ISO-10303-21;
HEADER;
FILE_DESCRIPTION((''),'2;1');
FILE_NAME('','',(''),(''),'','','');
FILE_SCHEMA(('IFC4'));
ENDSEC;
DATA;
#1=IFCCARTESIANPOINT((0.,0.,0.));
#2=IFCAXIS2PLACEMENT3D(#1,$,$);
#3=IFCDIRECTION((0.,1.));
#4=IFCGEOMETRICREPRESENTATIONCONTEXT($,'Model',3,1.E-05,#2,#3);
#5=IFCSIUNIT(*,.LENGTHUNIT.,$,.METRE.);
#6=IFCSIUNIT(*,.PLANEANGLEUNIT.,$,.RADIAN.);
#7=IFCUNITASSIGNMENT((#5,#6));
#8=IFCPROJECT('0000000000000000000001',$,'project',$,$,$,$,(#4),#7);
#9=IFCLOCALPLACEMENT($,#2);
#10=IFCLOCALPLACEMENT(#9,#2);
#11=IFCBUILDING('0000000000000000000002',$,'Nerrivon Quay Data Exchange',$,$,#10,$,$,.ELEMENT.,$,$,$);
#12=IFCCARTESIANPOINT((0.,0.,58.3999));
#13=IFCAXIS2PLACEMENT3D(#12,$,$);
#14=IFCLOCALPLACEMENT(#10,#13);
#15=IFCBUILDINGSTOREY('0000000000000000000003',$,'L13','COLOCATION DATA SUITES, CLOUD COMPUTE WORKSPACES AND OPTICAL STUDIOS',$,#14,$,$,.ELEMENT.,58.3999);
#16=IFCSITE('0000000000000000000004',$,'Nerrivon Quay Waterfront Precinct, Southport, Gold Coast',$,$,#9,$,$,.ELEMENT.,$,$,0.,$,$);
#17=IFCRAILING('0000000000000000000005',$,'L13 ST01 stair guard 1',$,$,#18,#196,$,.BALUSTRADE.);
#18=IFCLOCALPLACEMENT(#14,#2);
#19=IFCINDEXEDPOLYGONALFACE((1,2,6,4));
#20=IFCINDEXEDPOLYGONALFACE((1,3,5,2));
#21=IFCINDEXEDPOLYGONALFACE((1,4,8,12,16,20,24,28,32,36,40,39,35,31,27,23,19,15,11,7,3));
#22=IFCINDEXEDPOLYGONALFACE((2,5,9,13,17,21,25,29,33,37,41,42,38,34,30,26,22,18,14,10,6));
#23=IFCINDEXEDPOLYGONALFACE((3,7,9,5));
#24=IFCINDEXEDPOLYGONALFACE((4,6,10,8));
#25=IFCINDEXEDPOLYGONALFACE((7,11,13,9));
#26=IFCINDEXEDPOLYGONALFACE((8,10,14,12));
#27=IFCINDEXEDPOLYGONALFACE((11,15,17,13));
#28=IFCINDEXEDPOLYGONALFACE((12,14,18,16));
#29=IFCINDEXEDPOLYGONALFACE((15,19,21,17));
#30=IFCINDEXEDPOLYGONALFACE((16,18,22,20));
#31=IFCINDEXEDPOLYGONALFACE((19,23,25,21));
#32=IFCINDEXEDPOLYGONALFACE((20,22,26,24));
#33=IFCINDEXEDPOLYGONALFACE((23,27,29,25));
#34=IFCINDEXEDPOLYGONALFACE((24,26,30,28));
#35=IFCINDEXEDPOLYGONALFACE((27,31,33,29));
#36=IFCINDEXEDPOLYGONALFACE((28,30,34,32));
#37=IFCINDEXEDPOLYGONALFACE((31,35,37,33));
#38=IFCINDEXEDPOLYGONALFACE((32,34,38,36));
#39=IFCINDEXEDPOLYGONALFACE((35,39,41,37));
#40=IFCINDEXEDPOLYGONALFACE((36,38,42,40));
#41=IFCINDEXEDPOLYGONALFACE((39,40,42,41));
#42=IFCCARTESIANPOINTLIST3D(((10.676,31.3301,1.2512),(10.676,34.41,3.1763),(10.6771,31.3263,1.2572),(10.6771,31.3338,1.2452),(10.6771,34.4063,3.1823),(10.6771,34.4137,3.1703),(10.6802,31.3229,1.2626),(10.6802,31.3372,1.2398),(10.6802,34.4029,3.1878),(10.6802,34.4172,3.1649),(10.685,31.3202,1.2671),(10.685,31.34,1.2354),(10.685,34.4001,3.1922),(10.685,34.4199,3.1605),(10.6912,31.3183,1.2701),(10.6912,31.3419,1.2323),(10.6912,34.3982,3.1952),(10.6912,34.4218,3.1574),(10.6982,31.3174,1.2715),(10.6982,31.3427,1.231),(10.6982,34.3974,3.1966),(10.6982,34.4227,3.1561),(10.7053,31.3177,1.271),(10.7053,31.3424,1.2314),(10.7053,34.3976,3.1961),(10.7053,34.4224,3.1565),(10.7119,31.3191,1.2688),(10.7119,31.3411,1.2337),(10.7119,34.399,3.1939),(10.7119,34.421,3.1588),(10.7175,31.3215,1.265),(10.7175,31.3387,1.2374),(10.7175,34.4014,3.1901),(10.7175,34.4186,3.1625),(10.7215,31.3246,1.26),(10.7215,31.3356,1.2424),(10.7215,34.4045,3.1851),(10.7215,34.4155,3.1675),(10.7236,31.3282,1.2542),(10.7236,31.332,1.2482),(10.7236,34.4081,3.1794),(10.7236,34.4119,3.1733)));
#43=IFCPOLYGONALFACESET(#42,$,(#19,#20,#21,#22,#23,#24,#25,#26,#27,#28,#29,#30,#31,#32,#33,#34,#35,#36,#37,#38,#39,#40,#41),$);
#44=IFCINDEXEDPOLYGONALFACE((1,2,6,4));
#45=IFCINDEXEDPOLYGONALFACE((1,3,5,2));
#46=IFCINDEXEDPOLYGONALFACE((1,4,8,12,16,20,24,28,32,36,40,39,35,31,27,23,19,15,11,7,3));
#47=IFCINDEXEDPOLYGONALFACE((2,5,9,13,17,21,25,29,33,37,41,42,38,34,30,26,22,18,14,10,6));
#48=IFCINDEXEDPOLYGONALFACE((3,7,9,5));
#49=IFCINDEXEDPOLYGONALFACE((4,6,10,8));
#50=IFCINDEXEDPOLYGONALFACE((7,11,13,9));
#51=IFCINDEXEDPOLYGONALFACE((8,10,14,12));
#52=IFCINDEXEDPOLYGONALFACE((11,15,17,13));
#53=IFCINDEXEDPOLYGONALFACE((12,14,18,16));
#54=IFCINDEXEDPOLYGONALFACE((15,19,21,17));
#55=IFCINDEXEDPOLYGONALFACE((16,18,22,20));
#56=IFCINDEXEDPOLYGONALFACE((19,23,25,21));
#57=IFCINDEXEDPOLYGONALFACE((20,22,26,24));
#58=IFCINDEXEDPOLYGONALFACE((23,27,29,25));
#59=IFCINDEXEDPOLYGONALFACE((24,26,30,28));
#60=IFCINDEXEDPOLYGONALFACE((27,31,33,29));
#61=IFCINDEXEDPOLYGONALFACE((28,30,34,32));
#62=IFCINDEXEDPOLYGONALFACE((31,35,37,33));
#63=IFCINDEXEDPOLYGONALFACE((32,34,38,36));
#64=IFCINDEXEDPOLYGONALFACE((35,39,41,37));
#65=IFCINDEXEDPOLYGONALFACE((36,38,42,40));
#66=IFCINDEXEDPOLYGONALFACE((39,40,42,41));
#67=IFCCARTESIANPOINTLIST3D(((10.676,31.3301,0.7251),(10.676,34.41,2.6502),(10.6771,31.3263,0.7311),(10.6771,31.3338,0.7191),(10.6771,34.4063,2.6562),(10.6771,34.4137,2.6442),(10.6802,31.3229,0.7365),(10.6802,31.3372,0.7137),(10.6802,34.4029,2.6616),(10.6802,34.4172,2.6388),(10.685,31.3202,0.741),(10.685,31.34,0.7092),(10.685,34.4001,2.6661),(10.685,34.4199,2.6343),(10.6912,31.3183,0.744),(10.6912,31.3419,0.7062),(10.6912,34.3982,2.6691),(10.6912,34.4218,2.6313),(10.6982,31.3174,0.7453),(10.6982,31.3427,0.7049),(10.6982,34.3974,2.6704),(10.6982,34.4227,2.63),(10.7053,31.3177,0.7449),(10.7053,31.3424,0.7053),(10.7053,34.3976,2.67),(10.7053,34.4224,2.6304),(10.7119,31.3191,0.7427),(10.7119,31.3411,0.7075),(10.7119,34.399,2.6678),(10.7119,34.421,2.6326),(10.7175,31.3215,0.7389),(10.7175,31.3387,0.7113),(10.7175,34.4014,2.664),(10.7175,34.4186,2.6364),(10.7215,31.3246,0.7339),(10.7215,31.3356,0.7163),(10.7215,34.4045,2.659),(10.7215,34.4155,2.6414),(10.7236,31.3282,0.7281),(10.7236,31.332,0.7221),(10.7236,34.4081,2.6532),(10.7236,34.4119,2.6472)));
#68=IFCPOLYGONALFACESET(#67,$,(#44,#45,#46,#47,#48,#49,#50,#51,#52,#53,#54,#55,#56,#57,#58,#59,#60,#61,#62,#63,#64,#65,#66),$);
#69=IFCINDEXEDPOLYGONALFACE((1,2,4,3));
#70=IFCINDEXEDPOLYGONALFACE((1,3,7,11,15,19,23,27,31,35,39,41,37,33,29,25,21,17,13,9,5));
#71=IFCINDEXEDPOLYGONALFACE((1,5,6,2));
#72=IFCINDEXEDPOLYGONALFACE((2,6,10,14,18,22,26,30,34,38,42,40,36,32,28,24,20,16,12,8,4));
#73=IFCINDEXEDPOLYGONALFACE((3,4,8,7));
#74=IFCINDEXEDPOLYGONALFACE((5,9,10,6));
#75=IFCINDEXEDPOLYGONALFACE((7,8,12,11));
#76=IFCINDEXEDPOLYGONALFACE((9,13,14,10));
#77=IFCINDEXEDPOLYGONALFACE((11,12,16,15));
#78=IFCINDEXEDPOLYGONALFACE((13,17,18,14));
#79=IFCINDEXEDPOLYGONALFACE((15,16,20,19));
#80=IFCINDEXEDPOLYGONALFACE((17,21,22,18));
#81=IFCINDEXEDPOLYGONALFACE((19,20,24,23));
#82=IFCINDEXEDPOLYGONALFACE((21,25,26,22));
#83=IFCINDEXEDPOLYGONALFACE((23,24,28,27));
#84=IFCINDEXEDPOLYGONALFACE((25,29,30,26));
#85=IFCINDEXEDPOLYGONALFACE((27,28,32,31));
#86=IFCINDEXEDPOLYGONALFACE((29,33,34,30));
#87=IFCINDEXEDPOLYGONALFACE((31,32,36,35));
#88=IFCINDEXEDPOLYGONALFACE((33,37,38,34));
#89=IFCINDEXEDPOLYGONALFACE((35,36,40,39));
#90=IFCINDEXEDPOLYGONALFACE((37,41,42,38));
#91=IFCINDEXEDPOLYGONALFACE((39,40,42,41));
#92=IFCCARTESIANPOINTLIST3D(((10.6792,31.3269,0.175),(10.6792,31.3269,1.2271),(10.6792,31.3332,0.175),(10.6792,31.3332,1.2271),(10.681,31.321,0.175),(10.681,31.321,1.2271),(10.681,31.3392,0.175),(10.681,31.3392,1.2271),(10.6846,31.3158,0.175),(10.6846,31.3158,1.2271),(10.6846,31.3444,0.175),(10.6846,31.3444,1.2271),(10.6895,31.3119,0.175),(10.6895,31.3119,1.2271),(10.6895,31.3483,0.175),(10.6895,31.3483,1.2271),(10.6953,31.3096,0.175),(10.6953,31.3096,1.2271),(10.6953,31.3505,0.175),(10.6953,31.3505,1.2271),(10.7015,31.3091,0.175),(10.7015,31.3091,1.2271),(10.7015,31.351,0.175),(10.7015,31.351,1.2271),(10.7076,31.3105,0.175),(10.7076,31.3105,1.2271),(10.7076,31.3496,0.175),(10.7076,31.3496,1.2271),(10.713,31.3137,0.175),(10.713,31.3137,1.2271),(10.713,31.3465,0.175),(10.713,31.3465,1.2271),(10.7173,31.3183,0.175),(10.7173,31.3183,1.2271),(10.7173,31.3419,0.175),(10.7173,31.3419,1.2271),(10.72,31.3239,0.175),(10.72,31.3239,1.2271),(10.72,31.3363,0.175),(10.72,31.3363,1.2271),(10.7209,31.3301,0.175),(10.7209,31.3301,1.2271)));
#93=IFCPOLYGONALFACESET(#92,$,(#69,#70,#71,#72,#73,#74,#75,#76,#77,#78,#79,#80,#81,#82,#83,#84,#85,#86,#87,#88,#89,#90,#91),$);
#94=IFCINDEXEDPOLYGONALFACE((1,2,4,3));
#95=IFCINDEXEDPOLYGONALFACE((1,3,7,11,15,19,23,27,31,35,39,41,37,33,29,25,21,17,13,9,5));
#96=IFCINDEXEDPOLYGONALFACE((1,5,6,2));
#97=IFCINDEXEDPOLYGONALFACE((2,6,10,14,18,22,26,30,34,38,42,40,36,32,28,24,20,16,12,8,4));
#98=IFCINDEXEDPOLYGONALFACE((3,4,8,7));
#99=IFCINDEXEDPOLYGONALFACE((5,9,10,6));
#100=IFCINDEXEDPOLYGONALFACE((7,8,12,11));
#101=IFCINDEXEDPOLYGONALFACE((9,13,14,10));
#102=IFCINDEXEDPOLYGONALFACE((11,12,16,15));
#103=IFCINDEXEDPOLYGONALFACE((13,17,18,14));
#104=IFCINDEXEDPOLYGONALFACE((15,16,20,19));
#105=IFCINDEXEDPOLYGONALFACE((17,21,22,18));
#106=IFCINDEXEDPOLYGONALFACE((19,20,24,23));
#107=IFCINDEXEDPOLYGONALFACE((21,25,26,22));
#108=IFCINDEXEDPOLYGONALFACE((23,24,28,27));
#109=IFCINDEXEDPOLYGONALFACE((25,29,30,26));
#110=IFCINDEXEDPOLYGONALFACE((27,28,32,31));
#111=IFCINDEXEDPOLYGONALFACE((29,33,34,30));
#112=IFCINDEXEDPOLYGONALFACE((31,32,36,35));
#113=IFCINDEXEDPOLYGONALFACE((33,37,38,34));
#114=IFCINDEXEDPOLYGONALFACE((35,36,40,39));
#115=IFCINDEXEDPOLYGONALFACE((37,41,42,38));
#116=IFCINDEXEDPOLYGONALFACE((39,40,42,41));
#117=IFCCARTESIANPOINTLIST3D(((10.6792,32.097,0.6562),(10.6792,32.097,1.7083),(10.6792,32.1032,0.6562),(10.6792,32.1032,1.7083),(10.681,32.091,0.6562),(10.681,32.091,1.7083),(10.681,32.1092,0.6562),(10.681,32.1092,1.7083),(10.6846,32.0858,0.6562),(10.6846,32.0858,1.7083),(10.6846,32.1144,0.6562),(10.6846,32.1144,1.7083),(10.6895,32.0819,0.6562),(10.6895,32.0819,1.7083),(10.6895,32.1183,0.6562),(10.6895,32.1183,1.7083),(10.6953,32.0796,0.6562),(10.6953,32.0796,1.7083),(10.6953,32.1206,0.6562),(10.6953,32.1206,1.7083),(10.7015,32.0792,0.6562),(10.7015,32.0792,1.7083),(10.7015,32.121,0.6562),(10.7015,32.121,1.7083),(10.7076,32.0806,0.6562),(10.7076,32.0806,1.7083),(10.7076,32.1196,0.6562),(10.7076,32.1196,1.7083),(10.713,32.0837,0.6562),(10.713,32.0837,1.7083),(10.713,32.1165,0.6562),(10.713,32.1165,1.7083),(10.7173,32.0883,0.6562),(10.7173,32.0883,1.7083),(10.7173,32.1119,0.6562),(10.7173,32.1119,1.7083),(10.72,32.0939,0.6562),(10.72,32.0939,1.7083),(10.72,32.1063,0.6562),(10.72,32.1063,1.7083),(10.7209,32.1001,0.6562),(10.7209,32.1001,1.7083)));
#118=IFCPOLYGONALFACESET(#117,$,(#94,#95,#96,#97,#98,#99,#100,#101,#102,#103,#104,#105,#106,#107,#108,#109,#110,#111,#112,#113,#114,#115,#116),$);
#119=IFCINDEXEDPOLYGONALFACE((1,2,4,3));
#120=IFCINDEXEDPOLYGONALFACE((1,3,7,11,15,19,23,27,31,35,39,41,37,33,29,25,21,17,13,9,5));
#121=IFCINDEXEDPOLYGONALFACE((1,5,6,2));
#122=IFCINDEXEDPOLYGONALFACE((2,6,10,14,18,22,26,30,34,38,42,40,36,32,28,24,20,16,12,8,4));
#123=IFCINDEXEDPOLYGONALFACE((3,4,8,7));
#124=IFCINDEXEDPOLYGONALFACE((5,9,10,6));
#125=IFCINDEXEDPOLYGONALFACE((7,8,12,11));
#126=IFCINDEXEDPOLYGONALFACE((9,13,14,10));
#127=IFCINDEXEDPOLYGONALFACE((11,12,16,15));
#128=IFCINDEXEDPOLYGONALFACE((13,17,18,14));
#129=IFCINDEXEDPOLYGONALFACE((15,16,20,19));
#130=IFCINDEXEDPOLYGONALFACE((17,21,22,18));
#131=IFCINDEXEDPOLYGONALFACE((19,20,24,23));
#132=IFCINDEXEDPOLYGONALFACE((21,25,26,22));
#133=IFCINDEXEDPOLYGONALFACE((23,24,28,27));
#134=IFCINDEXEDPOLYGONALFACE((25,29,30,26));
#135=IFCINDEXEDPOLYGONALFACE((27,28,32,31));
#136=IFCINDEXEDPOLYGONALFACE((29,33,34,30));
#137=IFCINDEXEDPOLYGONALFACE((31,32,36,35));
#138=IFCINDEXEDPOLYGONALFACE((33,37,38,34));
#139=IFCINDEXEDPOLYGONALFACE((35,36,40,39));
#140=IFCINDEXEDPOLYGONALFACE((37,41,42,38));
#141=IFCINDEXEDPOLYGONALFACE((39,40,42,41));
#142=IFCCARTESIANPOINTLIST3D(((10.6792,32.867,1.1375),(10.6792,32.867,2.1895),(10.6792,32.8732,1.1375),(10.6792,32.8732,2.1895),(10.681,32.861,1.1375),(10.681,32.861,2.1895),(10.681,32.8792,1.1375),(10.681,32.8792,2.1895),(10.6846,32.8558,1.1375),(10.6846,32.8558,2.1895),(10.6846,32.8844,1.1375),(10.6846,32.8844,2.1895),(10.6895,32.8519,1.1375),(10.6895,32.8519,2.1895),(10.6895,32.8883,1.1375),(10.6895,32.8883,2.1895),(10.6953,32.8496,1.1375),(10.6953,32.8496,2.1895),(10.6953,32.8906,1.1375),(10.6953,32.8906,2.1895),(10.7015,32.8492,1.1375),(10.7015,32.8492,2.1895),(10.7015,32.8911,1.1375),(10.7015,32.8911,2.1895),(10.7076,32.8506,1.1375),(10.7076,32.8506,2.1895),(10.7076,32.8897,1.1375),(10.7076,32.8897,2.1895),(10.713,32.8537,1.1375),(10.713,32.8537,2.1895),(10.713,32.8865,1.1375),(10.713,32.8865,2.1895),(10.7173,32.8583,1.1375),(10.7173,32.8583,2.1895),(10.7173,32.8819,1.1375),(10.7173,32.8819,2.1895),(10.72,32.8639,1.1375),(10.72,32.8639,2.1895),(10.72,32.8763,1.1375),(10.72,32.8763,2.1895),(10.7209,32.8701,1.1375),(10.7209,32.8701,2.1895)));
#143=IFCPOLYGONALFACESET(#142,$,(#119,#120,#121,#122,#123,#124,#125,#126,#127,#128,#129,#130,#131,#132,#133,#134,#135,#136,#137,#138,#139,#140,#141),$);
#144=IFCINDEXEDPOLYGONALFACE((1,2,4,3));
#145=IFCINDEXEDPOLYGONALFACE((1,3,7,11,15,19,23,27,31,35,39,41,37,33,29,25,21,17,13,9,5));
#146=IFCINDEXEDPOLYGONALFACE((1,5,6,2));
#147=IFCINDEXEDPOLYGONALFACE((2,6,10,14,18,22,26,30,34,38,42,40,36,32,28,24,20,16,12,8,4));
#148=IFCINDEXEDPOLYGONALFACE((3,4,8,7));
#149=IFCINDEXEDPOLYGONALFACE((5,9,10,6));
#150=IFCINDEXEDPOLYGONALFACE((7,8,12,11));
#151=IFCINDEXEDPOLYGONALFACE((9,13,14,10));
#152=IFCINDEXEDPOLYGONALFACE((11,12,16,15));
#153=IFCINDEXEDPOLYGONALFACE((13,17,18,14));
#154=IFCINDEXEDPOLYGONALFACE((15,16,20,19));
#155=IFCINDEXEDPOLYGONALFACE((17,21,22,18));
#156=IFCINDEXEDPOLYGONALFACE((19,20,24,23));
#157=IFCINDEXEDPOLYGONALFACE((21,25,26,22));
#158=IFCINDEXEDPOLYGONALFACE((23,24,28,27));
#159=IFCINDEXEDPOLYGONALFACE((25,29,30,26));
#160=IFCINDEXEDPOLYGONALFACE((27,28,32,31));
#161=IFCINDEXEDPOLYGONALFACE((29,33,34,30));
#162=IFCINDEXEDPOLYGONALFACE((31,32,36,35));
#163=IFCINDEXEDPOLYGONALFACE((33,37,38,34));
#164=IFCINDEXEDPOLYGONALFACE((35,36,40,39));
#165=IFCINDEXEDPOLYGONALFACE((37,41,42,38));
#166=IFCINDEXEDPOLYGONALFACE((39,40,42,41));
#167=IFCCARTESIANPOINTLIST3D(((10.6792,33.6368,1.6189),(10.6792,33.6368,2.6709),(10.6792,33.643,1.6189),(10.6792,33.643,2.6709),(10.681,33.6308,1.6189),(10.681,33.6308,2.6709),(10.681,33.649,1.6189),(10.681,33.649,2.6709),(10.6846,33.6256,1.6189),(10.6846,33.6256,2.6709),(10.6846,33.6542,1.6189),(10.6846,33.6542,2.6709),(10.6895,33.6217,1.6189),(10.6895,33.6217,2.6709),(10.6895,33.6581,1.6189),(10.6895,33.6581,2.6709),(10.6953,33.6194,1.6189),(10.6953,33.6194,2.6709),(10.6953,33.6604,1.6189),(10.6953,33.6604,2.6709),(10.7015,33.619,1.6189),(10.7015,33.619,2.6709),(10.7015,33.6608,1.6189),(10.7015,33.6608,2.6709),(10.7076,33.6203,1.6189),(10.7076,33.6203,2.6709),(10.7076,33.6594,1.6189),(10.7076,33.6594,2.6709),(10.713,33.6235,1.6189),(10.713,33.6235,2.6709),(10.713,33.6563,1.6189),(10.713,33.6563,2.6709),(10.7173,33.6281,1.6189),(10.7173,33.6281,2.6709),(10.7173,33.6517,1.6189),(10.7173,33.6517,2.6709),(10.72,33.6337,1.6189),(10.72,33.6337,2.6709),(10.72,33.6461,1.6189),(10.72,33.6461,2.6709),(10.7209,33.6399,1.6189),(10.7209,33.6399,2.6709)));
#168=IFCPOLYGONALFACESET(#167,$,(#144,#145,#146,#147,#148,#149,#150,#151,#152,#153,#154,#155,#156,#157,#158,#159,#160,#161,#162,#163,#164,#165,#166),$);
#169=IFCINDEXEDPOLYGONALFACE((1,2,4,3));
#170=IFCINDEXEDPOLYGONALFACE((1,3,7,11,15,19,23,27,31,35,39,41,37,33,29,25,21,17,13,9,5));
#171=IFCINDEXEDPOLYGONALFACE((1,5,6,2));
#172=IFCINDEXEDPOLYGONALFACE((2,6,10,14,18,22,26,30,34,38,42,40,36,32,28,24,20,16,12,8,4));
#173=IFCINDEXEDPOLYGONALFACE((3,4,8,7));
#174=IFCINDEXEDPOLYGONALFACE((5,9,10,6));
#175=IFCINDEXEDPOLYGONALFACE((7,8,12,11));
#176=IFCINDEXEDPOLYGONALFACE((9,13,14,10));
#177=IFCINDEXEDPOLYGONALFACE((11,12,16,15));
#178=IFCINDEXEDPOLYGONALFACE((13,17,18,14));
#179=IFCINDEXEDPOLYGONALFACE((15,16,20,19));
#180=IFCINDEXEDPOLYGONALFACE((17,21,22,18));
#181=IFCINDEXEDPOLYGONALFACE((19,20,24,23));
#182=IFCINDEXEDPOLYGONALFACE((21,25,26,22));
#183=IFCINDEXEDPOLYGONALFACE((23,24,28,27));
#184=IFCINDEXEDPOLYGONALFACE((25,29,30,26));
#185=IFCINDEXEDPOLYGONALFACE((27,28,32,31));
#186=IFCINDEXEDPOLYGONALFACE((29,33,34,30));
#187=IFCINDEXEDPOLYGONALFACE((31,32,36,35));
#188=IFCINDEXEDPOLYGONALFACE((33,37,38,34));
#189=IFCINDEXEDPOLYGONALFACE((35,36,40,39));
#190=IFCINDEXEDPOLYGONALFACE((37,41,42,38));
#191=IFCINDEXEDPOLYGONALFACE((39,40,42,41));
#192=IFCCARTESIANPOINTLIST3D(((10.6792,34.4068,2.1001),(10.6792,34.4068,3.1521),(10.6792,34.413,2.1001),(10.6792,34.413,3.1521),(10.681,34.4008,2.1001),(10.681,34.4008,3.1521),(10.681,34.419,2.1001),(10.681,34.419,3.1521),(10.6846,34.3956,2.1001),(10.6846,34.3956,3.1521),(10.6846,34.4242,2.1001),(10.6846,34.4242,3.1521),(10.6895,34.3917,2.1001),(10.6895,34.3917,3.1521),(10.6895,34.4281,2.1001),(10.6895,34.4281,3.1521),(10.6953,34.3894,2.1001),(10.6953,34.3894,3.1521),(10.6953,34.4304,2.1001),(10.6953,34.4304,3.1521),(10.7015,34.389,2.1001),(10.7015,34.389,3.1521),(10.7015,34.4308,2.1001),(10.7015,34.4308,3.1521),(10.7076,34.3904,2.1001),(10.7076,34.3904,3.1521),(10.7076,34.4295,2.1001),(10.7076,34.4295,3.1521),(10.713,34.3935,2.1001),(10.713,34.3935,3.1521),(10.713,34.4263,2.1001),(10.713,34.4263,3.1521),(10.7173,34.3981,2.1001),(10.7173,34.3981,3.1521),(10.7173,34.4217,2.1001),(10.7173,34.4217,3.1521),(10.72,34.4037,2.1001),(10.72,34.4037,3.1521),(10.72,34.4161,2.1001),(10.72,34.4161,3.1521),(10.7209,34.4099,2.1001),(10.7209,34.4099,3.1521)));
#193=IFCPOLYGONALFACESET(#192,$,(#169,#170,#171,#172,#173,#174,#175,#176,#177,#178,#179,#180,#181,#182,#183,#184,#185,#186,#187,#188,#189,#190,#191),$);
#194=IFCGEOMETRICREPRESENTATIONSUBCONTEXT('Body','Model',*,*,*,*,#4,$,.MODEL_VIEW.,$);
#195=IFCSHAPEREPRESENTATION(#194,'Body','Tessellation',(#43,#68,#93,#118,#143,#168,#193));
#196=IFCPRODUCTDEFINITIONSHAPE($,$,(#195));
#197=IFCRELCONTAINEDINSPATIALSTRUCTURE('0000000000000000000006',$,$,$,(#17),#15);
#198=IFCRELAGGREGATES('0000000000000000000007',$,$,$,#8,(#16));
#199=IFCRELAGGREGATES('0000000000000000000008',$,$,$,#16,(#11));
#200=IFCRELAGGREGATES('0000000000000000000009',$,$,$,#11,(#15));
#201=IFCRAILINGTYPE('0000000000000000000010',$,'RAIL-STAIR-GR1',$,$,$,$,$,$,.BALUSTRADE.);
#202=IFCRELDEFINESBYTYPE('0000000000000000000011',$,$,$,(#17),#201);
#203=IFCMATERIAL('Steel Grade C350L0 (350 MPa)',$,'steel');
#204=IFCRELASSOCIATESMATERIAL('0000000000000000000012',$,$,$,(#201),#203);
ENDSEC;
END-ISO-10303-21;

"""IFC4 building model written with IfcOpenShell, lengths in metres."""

from ifc_helpers import new_model, si_unit, direction, frame, origin, origin_2d, place, context, subcontext, project, spatial, circle, extrude, material, type_object, element, save


model = new_model("IFC4")

# Units and contexts
model_context = context("Model", 3, precision=1e-05, world=origin(), true_north=direction((0.0, 1.0)))
body_context = subcontext(model_context, "Body", "Model", "MODEL_VIEW")
ifc_project = project(units=[si_unit("LENGTHUNIT", "METRE"), si_unit("PLANEANGLEUNIT", "RADIAN")], contexts=[model_context])

# Site, building, storey
site_placement = place(None, origin())
site = spatial("IfcSite", under=ifc_project, at=site_placement, Name="Nerrivon Quay Waterfront Precinct, Southport, Gold Coast", CompositionType="ELEMENT", RefElevation=0.0)
building_placement = place(site_placement, origin())
building = spatial("IfcBuilding", under=site, at=building_placement, Name="Nerrivon Quay Data Exchange", CompositionType="ELEMENT")
storey_placement = place(building_placement, frame((0.0, 0.0, 58.3999)))
storey = spatial("IfcBuildingStorey", under=building, at=storey_placement, Name="L13", Description="COLOCATION DATA SUITES, CLOUD COMPUTE WORKSPACES AND OPTICAL STUDIOS", CompositionType="ELEMENT", Elevation=58.3999)

# Railing
ifc_material_1 = material(Name="Steel Grade C350L0 (350 MPa)", Category="steel")
railing_type_1 = type_object("IfcRailingType", Name="RAIL-STAIR-GR1", PredefinedType="BALUSTRADE", material=ifc_material_1)
railing_1_placement = place(storey_placement, frame((10.7, 31.3301, 0.175)))
element("IfcRailing", 1, at=railing_1_placement, inside=storey, type_object=railing_type_1, Name="L13 ST01 stair guard 1", PredefinedType="BALUSTRADE", context=body_context, shape_type="SweptSolid", body=[
    extrude(circle(Radius=0.0239, at=origin_2d()), frame((0.0, 0.0, 1.0762), z_axis=(0.0, 0.847979, 0.530029), x_axis=(-1.0, 0.0, 0.0)), (0.0, 0.0, 1.0), 3.6321),
    extrude(circle(Radius=0.0239, at=origin_2d()), frame((0.0, 0.0, 0.55), z_axis=(0.0, 0.847979, 0.530029), x_axis=(-1.0, 0.0, 0.0)), (0.0, 0.0, 1.0), 3.6321),
    extrude(circle(Radius=0.021, at=origin_2d()), origin(), (0.0, 0.0, 1.0), 1.052),
    extrude(circle(Radius=0.021, at=origin_2d()), frame((0.0, 0.77, 0.4812)), (0.0, 0.0, 1.0), 1.052),
    extrude(circle(Radius=0.021, at=origin_2d()), frame((0.0, 1.54, 0.9624)), (0.0, 0.0, 1.0), 1.052),
    extrude(circle(Radius=0.021, at=origin_2d()), frame((0.0, 2.3098, 1.4438)), (0.0, 0.0, 1.0), 1.052),
    extrude(circle(Radius=0.021, at=origin_2d()), frame((0.0, 3.0798, 1.925)), (0.0, 0.0, 1.0), 1.052),
])

save(model, "model.ifc")
